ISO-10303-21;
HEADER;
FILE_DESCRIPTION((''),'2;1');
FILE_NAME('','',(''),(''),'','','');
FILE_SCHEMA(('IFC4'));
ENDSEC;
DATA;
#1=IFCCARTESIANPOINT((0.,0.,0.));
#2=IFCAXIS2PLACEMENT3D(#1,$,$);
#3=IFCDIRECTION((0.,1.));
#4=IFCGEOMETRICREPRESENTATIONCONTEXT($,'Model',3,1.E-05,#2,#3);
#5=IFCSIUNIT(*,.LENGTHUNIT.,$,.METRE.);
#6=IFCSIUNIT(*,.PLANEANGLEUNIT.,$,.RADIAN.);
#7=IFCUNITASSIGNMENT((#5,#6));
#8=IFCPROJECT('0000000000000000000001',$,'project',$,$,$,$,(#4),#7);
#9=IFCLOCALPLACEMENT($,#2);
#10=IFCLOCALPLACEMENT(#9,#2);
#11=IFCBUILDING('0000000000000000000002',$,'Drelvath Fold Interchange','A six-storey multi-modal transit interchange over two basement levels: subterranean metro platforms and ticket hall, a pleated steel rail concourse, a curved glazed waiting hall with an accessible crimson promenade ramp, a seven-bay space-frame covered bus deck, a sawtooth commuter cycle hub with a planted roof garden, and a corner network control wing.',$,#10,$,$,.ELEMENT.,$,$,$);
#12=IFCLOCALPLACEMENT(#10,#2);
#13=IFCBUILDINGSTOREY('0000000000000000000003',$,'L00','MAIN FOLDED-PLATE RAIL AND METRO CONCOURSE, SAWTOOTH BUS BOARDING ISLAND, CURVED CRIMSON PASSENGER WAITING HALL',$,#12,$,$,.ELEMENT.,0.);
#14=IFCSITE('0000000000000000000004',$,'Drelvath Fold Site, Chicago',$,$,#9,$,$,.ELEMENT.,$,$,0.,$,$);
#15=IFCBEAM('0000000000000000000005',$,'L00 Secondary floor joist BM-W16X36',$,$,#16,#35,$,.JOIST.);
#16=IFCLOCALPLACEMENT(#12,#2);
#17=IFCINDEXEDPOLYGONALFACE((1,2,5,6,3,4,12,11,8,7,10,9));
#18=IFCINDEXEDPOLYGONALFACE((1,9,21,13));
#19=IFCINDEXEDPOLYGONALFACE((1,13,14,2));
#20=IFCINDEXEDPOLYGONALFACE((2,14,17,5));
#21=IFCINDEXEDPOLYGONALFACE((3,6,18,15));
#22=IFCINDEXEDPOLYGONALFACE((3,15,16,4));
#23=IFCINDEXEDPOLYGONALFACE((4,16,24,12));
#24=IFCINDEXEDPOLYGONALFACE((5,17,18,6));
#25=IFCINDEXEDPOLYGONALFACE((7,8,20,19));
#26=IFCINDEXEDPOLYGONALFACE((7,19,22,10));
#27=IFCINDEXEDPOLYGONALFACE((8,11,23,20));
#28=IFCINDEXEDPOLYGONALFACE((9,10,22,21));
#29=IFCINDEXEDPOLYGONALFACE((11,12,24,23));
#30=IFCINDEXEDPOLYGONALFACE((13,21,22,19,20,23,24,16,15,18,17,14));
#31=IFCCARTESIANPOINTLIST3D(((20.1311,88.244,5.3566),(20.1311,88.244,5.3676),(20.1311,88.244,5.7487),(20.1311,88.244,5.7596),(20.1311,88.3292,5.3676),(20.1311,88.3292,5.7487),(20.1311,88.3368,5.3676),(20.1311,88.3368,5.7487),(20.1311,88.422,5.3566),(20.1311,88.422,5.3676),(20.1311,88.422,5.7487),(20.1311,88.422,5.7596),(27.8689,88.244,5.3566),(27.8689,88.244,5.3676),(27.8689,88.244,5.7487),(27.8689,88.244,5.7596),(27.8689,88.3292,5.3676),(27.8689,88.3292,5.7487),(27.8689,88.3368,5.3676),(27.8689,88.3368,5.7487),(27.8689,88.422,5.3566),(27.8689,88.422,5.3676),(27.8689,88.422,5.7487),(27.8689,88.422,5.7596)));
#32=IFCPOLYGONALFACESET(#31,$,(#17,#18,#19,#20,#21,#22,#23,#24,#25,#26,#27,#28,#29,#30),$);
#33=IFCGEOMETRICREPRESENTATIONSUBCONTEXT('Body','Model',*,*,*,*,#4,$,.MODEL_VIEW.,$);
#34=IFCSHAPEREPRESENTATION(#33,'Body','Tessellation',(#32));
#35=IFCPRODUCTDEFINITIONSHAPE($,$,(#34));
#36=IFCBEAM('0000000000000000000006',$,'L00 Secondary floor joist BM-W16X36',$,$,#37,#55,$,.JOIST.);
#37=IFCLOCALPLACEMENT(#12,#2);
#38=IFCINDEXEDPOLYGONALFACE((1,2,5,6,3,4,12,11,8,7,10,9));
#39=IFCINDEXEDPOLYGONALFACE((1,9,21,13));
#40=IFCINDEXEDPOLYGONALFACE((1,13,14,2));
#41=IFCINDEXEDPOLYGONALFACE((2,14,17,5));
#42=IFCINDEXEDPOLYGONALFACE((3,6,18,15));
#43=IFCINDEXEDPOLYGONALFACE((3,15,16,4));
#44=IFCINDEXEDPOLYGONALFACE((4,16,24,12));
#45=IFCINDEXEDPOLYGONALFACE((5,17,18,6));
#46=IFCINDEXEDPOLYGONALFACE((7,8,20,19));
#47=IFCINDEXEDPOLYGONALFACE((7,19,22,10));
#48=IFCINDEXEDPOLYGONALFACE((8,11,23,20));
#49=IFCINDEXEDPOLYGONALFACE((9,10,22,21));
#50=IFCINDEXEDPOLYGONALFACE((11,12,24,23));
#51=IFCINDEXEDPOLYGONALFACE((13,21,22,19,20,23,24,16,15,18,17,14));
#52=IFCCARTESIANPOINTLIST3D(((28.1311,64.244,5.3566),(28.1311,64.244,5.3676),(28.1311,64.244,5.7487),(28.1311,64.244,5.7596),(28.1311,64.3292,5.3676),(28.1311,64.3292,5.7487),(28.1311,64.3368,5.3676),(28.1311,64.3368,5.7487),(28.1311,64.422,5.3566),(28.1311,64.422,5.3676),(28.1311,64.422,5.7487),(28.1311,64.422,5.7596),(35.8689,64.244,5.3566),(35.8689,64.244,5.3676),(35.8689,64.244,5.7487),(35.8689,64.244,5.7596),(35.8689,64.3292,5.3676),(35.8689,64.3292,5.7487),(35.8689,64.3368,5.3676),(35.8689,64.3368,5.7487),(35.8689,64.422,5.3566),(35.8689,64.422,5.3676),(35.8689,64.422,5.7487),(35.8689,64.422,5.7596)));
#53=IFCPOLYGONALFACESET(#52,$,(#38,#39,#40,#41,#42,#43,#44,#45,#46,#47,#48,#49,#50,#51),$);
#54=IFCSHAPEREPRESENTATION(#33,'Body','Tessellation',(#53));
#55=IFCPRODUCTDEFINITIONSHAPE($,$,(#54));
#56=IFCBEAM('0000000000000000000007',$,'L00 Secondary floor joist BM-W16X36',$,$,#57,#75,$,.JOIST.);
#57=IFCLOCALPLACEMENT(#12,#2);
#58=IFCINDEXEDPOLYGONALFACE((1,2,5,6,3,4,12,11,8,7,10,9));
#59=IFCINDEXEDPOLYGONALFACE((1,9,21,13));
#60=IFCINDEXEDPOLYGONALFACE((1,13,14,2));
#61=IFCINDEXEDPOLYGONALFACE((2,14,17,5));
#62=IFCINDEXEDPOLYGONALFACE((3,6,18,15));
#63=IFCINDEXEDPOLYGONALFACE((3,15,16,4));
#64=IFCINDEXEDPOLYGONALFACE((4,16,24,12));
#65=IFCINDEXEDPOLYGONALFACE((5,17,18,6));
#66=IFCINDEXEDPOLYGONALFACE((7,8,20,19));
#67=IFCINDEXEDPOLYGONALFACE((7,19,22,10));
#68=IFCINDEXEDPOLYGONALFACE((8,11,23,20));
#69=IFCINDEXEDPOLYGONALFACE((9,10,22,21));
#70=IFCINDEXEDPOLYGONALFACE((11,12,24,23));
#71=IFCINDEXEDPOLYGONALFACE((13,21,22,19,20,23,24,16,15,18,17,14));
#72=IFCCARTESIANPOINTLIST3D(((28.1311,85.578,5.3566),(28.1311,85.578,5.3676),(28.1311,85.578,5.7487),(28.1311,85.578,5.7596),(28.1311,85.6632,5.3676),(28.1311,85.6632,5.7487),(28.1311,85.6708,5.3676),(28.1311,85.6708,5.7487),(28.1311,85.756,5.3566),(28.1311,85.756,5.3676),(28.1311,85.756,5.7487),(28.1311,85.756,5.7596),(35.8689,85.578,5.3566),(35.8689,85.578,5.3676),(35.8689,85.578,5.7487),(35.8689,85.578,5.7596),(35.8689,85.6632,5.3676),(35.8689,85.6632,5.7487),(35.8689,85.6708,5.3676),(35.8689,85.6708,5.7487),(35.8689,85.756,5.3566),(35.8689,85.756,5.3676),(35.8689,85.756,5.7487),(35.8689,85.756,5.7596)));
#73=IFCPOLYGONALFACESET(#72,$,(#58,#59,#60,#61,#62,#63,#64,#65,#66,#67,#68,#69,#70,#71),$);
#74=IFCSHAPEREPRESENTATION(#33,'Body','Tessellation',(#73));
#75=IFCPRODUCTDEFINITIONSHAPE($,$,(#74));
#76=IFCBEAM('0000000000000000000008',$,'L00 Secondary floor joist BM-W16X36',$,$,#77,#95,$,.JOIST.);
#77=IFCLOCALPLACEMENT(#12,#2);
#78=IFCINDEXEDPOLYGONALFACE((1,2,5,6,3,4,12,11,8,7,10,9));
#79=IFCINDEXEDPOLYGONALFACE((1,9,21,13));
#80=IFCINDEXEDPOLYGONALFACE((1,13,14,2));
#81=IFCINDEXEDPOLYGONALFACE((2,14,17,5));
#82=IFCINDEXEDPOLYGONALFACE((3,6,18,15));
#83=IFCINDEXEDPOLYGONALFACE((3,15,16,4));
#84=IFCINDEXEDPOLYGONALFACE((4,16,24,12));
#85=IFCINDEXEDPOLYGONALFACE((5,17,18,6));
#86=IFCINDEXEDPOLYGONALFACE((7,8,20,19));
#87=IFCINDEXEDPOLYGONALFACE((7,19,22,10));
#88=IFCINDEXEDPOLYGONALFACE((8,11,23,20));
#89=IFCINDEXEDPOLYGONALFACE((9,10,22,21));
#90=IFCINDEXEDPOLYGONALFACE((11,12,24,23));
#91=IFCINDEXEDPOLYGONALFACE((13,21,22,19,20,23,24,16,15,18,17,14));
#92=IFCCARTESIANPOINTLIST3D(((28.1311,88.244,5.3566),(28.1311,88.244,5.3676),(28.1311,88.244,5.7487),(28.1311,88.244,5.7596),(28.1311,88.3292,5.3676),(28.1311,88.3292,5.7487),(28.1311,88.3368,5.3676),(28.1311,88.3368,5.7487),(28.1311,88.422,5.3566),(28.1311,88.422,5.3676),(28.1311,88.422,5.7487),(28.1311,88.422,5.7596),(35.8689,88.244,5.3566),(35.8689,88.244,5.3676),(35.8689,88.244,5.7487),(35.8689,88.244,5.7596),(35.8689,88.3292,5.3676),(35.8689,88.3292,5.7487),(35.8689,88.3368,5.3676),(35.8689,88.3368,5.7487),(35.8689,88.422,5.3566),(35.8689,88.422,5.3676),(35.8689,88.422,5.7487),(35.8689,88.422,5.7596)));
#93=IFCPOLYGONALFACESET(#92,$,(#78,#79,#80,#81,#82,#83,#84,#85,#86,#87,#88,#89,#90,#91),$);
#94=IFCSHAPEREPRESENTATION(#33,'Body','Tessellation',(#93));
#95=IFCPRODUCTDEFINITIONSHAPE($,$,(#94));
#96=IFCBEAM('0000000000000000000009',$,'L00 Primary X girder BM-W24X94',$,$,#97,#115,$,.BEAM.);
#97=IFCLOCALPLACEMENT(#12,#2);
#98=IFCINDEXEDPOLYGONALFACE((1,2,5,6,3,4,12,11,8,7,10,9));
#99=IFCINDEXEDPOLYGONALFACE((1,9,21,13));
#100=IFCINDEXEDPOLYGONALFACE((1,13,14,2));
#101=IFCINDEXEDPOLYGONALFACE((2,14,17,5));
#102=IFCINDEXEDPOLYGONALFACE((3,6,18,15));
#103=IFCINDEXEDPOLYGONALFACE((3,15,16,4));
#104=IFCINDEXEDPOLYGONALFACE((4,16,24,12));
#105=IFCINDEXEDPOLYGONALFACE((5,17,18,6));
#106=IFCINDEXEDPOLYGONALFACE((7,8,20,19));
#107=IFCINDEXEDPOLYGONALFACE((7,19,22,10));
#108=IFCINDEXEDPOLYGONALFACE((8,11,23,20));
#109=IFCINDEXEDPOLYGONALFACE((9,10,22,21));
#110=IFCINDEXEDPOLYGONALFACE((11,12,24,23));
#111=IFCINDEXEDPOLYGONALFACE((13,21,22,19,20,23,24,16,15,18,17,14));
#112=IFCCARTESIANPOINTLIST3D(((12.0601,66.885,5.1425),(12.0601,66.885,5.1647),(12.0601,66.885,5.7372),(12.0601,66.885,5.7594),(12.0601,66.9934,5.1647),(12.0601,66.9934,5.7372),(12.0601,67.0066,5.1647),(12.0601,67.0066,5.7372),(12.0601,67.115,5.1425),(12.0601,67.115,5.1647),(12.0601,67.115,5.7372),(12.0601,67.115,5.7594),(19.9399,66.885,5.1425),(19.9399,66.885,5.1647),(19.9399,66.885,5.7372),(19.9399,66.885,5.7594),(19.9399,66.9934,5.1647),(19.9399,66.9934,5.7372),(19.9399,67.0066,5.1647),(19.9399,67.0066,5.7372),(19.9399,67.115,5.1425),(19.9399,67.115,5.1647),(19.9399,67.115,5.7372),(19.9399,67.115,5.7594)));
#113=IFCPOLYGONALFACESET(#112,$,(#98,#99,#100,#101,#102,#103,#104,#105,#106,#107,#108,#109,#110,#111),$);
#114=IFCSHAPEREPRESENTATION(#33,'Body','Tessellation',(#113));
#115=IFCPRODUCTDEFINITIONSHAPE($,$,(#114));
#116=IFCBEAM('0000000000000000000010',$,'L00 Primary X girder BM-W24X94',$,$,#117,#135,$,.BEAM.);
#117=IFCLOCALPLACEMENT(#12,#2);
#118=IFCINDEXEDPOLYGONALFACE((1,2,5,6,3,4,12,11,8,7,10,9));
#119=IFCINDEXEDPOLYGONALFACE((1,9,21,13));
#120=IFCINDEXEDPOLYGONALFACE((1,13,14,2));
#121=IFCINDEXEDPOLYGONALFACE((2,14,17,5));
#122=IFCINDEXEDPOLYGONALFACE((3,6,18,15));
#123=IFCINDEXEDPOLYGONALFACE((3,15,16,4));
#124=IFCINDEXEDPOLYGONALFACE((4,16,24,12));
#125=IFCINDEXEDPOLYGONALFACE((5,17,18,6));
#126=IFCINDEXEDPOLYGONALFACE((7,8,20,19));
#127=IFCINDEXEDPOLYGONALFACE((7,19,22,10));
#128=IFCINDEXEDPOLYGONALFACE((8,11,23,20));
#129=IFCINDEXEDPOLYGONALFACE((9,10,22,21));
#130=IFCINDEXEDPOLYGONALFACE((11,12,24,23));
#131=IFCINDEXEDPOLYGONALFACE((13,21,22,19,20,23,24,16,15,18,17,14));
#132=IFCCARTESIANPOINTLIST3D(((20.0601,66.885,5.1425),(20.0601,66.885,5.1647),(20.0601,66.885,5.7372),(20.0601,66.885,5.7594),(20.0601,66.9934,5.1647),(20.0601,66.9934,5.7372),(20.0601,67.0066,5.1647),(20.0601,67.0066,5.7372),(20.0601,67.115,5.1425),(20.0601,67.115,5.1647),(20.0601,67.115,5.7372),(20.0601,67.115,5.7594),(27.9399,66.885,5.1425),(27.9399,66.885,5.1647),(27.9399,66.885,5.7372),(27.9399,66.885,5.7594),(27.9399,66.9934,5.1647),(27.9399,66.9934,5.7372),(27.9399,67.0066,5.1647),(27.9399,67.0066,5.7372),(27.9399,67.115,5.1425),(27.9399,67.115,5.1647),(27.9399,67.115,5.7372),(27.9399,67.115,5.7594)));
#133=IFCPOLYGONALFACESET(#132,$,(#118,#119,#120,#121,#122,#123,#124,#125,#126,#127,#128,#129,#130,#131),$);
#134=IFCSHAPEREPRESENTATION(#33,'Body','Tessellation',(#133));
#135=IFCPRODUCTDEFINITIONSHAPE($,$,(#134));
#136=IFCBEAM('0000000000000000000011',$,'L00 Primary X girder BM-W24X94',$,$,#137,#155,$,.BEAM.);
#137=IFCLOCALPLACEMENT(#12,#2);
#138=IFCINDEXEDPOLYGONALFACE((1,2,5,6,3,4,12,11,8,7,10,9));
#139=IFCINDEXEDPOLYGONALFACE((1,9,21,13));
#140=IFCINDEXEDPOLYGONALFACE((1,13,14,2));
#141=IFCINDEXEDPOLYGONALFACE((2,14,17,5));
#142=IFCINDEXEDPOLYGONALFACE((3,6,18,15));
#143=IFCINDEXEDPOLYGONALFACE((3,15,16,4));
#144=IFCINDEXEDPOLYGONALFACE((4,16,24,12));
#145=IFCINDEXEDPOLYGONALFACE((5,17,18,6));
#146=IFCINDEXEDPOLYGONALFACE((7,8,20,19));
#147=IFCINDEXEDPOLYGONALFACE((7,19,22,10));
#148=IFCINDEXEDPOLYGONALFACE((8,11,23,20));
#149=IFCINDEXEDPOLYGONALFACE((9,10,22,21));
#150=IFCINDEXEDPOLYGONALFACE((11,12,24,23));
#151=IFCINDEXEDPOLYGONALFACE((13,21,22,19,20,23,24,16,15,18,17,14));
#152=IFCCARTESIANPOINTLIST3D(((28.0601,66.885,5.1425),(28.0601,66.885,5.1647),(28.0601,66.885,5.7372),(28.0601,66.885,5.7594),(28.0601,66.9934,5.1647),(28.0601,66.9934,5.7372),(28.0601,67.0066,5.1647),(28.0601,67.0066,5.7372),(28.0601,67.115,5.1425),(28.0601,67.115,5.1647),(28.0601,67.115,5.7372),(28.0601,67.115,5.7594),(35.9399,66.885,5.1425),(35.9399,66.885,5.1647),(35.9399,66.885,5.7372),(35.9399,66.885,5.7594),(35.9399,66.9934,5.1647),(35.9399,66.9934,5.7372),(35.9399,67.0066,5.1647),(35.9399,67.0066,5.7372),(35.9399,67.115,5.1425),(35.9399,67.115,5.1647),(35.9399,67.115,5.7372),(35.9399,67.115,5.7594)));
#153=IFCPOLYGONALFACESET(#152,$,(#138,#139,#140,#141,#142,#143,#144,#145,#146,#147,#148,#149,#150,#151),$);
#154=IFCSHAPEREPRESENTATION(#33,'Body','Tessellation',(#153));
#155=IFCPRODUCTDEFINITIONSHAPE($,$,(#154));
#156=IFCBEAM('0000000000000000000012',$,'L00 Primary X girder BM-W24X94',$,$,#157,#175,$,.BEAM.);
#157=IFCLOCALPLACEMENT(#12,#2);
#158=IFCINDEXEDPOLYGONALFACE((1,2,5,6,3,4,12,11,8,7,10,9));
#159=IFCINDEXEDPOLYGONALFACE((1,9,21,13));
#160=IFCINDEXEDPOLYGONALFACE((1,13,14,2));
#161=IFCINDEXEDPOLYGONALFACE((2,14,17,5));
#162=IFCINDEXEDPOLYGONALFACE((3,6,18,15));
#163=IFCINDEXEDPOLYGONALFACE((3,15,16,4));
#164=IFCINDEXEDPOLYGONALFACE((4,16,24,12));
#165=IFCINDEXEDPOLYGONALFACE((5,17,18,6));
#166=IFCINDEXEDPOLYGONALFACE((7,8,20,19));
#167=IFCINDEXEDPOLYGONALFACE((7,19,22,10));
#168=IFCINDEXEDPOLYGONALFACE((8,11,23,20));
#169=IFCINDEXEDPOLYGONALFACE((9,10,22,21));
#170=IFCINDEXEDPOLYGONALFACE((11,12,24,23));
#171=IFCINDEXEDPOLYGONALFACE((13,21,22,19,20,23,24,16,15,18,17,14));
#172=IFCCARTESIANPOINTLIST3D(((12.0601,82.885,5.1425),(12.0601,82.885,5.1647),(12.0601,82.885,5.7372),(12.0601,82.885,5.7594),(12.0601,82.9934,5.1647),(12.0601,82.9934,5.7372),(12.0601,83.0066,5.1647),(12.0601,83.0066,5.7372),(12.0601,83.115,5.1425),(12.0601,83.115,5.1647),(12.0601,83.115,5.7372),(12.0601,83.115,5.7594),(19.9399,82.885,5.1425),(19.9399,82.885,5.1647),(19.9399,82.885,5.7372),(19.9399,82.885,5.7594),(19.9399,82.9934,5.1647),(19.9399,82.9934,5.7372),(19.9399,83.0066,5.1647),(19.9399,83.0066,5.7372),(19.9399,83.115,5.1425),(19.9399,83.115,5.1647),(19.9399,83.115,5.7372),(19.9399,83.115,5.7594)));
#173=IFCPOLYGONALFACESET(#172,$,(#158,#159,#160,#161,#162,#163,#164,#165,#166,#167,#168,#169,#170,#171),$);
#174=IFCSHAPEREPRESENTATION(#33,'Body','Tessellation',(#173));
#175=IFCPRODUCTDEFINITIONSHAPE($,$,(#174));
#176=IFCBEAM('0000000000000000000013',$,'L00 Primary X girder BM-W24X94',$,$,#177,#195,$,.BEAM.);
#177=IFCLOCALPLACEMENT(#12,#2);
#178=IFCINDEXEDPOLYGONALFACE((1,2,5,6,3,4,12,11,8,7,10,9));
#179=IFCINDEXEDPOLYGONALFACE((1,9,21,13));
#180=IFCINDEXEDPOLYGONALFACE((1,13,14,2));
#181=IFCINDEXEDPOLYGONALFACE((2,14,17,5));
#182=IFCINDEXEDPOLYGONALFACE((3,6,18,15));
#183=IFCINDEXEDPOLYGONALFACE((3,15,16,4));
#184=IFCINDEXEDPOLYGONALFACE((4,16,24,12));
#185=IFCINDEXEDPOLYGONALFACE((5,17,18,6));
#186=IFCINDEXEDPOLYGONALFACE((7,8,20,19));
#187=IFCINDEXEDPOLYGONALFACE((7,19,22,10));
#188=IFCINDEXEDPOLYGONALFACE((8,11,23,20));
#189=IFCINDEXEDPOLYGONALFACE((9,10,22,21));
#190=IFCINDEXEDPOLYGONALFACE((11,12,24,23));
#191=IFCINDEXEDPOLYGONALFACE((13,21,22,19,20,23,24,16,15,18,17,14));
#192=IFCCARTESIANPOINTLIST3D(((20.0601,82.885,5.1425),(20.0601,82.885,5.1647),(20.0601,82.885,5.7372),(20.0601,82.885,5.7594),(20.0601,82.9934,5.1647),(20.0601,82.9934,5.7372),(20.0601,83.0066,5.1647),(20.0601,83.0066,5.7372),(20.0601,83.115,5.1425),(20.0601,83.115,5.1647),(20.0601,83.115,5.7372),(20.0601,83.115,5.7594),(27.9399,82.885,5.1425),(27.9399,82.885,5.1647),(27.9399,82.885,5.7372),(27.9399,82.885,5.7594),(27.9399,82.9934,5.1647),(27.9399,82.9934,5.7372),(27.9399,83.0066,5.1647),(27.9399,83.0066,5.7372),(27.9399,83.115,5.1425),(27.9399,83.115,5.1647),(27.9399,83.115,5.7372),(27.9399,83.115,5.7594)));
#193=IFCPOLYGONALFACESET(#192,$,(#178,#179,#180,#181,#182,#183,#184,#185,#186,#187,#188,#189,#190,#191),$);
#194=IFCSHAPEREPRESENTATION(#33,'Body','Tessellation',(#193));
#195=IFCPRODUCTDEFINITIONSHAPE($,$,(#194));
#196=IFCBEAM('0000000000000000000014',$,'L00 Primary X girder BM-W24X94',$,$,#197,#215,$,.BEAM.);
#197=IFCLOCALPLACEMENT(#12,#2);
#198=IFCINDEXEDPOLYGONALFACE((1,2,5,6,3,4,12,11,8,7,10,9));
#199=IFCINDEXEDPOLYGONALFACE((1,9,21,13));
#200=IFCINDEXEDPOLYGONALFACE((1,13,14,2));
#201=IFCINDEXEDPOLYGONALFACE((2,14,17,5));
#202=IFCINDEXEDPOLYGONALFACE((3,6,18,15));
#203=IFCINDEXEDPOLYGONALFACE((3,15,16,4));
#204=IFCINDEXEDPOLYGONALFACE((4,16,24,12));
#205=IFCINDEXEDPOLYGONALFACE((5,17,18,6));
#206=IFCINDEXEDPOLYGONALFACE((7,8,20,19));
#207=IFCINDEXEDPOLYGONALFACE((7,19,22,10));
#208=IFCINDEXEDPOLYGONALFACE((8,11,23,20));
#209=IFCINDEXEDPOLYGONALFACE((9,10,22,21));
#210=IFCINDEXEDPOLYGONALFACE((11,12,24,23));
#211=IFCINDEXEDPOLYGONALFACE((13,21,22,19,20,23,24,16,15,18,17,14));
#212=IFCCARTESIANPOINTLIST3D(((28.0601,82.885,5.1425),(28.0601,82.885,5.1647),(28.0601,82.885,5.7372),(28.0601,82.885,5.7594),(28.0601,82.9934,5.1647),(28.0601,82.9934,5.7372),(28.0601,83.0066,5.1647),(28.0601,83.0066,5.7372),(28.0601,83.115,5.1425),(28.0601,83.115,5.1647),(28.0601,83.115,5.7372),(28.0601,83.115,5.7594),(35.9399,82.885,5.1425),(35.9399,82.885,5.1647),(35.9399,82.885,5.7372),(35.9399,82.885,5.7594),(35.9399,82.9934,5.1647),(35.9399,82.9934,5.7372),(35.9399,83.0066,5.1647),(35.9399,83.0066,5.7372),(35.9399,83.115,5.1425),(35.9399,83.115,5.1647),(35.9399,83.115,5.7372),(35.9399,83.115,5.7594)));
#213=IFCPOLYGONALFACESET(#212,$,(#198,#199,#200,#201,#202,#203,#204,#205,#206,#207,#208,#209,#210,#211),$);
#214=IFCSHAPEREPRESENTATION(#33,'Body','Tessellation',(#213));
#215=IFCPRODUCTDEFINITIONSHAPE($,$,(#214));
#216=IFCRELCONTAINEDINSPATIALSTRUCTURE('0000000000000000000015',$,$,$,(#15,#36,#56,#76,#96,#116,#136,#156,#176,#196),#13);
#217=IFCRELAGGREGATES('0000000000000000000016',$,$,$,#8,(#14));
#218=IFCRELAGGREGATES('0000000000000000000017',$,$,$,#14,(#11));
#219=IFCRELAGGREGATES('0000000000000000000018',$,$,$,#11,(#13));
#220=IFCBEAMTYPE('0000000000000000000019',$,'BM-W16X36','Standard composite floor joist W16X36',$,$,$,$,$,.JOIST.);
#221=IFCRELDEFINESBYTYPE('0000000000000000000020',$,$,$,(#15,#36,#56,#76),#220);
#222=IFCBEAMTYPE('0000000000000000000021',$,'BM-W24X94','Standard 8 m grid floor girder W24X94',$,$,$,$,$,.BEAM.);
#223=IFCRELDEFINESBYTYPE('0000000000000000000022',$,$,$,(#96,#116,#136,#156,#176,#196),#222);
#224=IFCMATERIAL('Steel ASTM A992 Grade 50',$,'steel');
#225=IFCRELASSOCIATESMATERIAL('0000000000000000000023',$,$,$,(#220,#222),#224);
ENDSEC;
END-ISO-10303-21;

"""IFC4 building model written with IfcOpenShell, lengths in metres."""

from ifc_helpers import new_model, si_unit, direction, frame, origin, origin_2d, place, context, subcontext, project, spatial, i_section, extrude, material, material_profile, profile_set, type_object, element, save


model = new_model("IFC4")

# Units and contexts
model_context = context("Model", 3, precision=1e-05, world=origin(), true_north=direction((0.0, 1.0)))
body_context = subcontext(model_context, "Body", "Model", "MODEL_VIEW")
ifc_project = project(units=[si_unit("LENGTHUNIT", "METRE"), si_unit("PLANEANGLEUNIT", "RADIAN")], contexts=[model_context])

# Site, building, storey
site_placement = place(None, origin())
site = spatial("IfcSite", under=ifc_project, at=site_placement, Name="Drelvath Fold Site, Chicago", CompositionType="ELEMENT", RefElevation=0.0)
building_placement = place(site_placement, origin())
building = spatial("IfcBuilding", under=site, at=building_placement, Name="Drelvath Fold Interchange", Description="A six-storey multi-modal transit interchange over two basement levels: subterranean metro platforms and ticket hall, a pleated steel rail concourse, a curved glazed waiting hall with an accessible crimson promenade ramp, a seven-bay space-frame covered bus deck, a sawtooth commuter cycle hub with a planted roof garden, and a corner network control wing.", CompositionType="ELEMENT")
storey_placement = place(building_placement, origin())
storey = spatial("IfcBuildingStorey", under=building, at=storey_placement, Name="L00", Description="MAIN FOLDED-PLATE RAIL AND METRO CONCOURSE, SAWTOOTH BUS BOARDING ISLAND, CURVED CRIMSON PASSENGER WAITING HALL", CompositionType="ELEMENT", Elevation=0.0)

# Beams
ifc_material_1 = material(Name="Steel ASTM A992 Grade 50", Category="steel")
ifc_material_profile_1 = material_profile(ifc_material_1, i_section(OverallWidth=0.178, OverallDepth=0.4031, WebThickness=0.0076, FlangeThickness=0.011, at=origin_2d()), Name="W16X36")
ifc_profile_set_1 = profile_set([ifc_material_profile_1], Name="Steel ASTM A992 Grade 50")
beam_type_1 = type_object("IfcBeamType", Name="BM-W16X36", Description="Standard composite floor joist W16X36", PredefinedType="JOIST", material=ifc_profile_set_1)
for number, where, z_axis, x_axis, name in (
    (1, (20.1311, 88.333, 5.5581), (1.0, 0.0, 0.0), (0.0, 1.0, 0.0), "L00 Secondary floor joist BM-W16X36"),
    (2, (28.1311, 64.333, 5.5581), (1.0, 0.0, 0.0), (0.0, 1.0, 0.0), "L00 Secondary floor joist BM-W16X36"),
    (3, (28.1311, 85.667, 5.5581), (1.0, 0.0, 0.0), (0.0, 1.0, 0.0), "L00 Secondary floor joist BM-W16X36"),
    (4, (28.1311, 88.333, 5.5581), (1.0, 0.0, 0.0), (0.0, 1.0, 0.0), "L00 Secondary floor joist BM-W16X36"),
):
    element("IfcBeam", number, at=place(storey_placement, frame(where, z_axis=z_axis, x_axis=x_axis)), inside=storey, type_object=beam_type_1, Name=name, PredefinedType="JOIST", context=body_context, shape_type="SweptSolid", body=[
        extrude(i_section(OverallWidth=0.178, OverallDepth=0.4031, WebThickness=0.0076, FlangeThickness=0.011, at=origin_2d()), origin(), (0.0, 0.0, 1.0), 7.7378),
    ])
ifc_material_profile_2 = material_profile(ifc_material_1, i_section(OverallWidth=0.23, OverallDepth=0.6169, WebThickness=0.0132, FlangeThickness=0.0222, at=origin_2d()), Name="W24X94")
ifc_profile_set_2 = profile_set([ifc_material_profile_2], Name="Steel ASTM A992 Grade 50")
beam_type_2 = type_object("IfcBeamType", Name="BM-W24X94", Description="Standard 8 m grid floor girder W24X94", PredefinedType="BEAM", material=ifc_profile_set_2)
for number, where, z_axis, x_axis, name in (
    (5, (12.0601, 67.0, 5.4509), (1.0, 0.0, 0.0), (0.0, 1.0, 0.0), "L00 Primary X girder BM-W24X94"),
    (6, (20.0601, 67.0, 5.4509), (1.0, 0.0, 0.0), (0.0, 1.0, 0.0), "L00 Primary X girder BM-W24X94"),
    (7, (28.0601, 67.0, 5.4509), (1.0, 0.0, 0.0), (0.0, 1.0, 0.0), "L00 Primary X girder BM-W24X94"),
    (8, (12.0601, 83.0, 5.4509), (1.0, 0.0, 0.0), (0.0, 1.0, 0.0), "L00 Primary X girder BM-W24X94"),
    (9, (20.0601, 83.0, 5.4509), (1.0, 0.0, 0.0), (0.0, 1.0, 0.0), "L00 Primary X girder BM-W24X94"),
    (10, (28.0601, 83.0, 5.4509), (1.0, 0.0, 0.0), (0.0, 1.0, 0.0), "L00 Primary X girder BM-W24X94"),
):
    element("IfcBeam", number, at=place(storey_placement, frame(where, z_axis=z_axis, x_axis=x_axis)), inside=storey, type_object=beam_type_2, Name=name, PredefinedType="BEAM", context=body_context, shape_type="SweptSolid", body=[
        extrude(i_section(OverallWidth=0.23, OverallDepth=0.6169, WebThickness=0.0132, FlangeThickness=0.0222, at=origin_2d()), origin(), (0.0, 0.0, 1.0), 7.8799),
    ])

save(model, "model.ifc")
